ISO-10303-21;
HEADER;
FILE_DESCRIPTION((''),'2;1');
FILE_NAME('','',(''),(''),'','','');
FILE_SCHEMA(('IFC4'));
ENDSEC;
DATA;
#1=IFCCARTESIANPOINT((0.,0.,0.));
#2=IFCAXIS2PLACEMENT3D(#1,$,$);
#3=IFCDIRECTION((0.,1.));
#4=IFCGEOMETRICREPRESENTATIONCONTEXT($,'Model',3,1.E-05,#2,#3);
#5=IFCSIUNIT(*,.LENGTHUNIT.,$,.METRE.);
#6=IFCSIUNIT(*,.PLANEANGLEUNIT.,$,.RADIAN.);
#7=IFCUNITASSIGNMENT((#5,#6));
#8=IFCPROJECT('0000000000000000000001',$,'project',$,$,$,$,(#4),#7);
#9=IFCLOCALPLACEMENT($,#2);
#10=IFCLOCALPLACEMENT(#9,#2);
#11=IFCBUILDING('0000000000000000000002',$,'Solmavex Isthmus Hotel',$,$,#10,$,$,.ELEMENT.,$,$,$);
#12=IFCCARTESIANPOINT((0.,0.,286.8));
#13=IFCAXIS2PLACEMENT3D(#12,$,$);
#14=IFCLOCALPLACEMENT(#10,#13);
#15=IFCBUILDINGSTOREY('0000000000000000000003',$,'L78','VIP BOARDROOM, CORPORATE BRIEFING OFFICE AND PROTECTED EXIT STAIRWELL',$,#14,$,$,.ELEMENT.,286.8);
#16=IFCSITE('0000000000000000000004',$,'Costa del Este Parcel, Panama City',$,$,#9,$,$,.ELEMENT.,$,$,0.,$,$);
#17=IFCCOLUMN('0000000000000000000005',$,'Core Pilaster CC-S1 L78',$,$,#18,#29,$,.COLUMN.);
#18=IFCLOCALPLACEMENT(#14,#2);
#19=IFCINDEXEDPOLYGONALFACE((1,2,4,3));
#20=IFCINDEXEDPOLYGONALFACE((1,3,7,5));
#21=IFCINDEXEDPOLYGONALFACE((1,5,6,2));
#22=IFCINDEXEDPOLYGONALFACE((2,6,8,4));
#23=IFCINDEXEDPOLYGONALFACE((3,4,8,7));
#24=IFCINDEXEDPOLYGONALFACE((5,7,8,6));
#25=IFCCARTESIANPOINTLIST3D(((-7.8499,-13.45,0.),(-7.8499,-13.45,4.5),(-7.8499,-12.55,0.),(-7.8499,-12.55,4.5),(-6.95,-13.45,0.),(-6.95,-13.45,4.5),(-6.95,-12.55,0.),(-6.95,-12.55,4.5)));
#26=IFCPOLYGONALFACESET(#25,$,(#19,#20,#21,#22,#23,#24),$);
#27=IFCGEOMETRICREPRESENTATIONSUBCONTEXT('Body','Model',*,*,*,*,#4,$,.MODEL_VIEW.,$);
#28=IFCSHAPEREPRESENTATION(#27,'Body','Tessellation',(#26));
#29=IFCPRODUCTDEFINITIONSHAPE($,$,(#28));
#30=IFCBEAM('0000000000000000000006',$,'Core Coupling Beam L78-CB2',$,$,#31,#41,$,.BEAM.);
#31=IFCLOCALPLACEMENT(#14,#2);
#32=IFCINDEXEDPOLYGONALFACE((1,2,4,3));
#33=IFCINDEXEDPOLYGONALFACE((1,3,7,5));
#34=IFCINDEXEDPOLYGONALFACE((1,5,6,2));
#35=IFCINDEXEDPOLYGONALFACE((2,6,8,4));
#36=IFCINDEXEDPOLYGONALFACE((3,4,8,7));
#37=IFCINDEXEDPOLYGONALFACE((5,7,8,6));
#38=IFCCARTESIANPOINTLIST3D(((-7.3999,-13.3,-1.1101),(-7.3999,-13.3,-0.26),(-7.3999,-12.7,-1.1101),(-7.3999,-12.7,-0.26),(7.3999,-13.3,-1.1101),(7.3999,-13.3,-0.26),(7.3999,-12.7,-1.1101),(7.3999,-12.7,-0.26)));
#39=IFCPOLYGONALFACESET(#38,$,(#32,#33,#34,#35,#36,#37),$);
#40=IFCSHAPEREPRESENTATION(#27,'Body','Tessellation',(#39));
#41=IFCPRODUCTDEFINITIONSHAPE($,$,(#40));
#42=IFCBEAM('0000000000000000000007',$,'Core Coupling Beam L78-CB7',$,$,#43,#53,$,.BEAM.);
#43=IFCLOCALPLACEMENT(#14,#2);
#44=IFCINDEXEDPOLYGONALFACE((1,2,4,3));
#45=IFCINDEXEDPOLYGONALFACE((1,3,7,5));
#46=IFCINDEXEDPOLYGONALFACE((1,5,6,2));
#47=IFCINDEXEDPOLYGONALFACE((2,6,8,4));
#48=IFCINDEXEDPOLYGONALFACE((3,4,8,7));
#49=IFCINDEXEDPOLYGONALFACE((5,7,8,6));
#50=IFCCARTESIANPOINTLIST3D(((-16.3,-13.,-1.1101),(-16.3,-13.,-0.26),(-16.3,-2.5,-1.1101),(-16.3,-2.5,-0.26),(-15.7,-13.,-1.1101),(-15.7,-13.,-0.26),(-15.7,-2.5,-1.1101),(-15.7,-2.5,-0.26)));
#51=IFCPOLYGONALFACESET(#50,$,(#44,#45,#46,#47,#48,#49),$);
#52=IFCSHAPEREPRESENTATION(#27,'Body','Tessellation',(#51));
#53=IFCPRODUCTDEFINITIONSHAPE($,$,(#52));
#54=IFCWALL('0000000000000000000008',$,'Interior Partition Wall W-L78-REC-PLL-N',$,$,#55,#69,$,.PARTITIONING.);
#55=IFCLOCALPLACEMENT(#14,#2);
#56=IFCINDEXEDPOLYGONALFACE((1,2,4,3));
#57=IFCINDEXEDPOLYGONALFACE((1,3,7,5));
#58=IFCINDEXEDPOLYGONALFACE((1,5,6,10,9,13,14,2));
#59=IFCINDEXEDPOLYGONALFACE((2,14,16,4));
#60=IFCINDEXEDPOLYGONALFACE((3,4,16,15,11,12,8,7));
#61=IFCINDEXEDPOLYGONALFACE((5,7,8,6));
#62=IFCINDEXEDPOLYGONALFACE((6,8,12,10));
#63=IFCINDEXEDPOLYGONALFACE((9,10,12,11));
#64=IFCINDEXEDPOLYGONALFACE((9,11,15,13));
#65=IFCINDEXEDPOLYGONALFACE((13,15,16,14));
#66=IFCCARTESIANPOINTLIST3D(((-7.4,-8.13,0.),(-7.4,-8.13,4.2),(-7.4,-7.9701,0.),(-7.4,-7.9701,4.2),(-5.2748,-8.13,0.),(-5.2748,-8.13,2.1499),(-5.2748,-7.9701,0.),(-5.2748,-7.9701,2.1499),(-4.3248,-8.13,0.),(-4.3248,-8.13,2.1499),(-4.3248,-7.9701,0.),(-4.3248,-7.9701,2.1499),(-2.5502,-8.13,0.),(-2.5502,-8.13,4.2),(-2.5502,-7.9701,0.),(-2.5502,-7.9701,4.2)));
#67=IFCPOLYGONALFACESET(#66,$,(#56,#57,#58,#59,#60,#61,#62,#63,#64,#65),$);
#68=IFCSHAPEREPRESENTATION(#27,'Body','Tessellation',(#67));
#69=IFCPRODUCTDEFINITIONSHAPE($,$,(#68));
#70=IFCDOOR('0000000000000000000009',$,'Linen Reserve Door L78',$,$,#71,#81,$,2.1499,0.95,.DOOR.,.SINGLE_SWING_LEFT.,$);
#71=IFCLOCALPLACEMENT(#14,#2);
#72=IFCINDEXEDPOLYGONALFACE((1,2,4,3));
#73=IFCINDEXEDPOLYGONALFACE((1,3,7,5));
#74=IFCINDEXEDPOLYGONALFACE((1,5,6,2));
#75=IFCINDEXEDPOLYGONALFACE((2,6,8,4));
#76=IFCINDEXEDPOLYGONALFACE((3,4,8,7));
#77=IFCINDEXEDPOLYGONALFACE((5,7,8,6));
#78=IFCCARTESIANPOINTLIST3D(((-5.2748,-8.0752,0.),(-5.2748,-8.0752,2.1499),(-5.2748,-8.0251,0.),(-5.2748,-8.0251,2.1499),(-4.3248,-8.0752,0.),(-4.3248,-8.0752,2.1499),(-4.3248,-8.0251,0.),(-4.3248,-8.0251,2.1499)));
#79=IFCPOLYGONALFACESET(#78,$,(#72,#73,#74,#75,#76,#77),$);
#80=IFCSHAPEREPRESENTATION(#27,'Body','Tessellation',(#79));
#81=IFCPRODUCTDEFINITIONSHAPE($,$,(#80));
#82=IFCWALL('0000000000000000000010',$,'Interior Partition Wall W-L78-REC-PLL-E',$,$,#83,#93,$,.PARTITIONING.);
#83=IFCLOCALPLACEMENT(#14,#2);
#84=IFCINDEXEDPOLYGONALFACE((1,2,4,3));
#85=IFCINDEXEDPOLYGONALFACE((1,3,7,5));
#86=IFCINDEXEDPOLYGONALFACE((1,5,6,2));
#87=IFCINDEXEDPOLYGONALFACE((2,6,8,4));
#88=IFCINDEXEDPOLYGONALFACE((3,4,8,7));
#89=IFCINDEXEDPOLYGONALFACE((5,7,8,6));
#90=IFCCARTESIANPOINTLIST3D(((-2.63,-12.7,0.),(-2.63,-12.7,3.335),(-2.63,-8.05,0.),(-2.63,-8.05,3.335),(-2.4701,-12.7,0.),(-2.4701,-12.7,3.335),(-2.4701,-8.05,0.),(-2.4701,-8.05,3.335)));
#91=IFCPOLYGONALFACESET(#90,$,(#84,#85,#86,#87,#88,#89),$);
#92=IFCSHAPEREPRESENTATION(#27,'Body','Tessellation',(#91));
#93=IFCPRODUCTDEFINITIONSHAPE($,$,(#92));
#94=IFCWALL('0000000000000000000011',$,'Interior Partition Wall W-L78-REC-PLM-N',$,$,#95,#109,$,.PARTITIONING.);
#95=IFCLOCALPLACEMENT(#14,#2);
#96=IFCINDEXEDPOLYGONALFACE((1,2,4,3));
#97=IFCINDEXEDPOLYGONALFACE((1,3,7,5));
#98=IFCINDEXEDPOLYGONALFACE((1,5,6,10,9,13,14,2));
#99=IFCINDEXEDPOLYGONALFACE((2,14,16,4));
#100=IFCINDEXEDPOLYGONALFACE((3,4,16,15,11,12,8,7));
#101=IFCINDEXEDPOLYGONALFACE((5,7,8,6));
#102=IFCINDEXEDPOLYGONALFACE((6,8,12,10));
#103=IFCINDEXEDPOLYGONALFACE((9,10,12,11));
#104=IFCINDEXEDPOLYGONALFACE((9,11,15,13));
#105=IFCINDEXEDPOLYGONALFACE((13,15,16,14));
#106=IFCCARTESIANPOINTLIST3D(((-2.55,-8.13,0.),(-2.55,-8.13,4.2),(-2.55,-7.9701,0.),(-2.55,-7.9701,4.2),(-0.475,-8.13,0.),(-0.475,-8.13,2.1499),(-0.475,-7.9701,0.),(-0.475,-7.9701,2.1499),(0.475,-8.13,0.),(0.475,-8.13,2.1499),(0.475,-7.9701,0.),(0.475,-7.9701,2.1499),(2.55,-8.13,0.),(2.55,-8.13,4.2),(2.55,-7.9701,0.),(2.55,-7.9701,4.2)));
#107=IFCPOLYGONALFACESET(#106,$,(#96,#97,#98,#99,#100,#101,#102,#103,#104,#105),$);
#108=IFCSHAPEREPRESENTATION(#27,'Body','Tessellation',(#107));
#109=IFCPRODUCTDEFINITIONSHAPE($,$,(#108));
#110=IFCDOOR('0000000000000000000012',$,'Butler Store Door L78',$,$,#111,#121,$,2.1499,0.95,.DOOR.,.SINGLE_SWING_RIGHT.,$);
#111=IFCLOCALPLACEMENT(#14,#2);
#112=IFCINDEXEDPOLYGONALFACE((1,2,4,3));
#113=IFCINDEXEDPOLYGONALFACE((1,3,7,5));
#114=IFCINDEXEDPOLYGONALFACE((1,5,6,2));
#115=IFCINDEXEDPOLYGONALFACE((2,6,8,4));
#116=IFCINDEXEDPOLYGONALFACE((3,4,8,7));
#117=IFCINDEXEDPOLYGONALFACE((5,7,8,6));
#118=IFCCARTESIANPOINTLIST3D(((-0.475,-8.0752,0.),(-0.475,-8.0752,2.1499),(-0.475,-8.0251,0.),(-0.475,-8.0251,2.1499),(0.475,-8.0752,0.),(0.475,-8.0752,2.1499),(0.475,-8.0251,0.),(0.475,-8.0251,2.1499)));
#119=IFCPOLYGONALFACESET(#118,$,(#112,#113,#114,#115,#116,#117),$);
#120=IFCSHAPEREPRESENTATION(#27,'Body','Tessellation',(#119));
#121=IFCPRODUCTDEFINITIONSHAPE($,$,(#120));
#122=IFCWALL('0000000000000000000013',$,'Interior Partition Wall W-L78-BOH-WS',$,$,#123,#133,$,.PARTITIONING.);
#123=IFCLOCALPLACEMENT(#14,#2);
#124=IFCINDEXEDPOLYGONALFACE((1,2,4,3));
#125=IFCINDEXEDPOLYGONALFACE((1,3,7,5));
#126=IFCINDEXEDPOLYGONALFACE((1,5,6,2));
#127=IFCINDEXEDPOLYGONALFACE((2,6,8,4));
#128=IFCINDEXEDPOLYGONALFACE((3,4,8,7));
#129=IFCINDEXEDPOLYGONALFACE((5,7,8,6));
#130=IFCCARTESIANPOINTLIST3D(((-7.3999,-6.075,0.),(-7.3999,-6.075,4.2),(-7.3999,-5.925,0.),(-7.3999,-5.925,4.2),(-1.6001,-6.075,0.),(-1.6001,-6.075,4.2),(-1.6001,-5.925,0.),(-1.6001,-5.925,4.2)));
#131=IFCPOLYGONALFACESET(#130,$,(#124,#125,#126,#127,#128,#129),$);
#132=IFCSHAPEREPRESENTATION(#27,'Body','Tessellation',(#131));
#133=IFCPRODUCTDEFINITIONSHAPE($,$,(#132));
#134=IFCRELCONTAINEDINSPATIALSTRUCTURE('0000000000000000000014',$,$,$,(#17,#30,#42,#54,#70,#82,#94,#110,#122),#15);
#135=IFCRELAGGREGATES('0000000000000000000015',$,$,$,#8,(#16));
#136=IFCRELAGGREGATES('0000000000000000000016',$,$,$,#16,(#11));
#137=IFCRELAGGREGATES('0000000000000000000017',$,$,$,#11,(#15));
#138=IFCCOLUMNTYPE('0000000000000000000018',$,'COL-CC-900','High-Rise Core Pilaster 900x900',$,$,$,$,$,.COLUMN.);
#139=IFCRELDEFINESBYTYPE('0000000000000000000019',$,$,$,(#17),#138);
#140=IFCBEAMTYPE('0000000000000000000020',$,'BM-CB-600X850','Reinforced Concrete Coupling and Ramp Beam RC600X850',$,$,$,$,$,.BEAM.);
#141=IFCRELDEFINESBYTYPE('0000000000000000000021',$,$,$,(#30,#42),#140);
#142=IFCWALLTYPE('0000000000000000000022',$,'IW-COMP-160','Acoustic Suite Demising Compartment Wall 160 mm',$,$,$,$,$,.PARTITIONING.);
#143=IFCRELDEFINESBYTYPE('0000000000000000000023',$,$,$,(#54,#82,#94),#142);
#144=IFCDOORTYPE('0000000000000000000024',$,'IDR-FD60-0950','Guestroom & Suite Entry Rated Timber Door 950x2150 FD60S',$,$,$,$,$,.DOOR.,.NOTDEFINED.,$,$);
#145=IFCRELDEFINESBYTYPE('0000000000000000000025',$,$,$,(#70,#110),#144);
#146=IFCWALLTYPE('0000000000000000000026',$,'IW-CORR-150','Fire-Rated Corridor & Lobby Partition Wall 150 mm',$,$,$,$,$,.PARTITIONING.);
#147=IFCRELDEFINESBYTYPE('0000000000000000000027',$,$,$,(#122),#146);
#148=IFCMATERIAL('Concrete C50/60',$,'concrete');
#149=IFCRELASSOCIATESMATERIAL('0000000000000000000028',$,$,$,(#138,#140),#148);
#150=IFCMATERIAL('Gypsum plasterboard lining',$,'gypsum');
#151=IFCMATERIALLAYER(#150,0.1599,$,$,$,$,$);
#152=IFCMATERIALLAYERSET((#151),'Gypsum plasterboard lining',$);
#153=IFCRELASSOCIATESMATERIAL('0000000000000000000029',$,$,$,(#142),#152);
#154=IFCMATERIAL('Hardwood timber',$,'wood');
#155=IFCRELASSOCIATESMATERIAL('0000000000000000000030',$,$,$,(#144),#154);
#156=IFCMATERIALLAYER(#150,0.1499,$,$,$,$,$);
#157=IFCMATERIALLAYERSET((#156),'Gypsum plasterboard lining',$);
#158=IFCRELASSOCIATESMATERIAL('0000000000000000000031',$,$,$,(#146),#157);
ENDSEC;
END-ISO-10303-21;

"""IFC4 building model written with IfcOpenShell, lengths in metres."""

from ifc_helpers import new_model, si_unit, direction, frame, frame_2d, origin, origin_2d, place, context, subcontext, project, spatial, rectangle, extrude, material, layer, layer_set, material_profile, profile_set, type_object, element, fill, save


model = new_model("IFC4")

# Units and contexts
model_context = context("Model", 3, precision=1e-05, world=origin(), true_north=direction((0.0, 1.0)))
body_context = subcontext(model_context, "Body", "Model", "MODEL_VIEW")
ifc_project = project(units=[si_unit("LENGTHUNIT", "METRE"), si_unit("PLANEANGLEUNIT", "RADIAN")], contexts=[model_context])

# Site, building, storey
site_placement = place(None, origin())
site = spatial("IfcSite", under=ifc_project, at=site_placement, Name="Costa del Este Parcel, Panama City", CompositionType="ELEMENT", RefElevation=0.0)
building_placement = place(site_placement, origin())
building = spatial("IfcBuilding", under=site, at=building_placement, Name="Solmavex Isthmus Hotel", CompositionType="ELEMENT")
storey_placement = place(building_placement, frame((0.0, 0.0, 286.8)))
storey = spatial("IfcBuildingStorey", under=building, at=storey_placement, Name="L78", Description="VIP BOARDROOM, CORPORATE BRIEFING OFFICE AND PROTECTED EXIT STAIRWELL", CompositionType="ELEMENT", Elevation=286.8)

# Column
ifc_material_1 = material(Name="Concrete C50/60", Category="concrete")
ifc_material_profile_1 = material_profile(ifc_material_1, rectangle(XDim=0.8999, YDim=0.8999, at=origin_2d()), Name="RC900X900")
ifc_profile_set_1 = profile_set([ifc_material_profile_1], Name="Concrete C50/60")
column_type = type_object("IfcColumnType", Name="COL-CC-900", Description="High-Rise Core Pilaster 900x900", PredefinedType="COLUMN", material=ifc_profile_set_1)
column_placement = place(storey_placement, frame((-7.3999, -13.0, 0.0), z_axis=(0.0, 0.0, 1.0), x_axis=(1.0, 0.0, 0.0)))
element("IfcColumn", 1, at=column_placement, inside=storey, type_object=column_type, Name="Core Pilaster CC-S1 L78", PredefinedType="COLUMN", context=body_context, shape_type="SweptSolid", body=[
    extrude(rectangle(XDim=0.8999, YDim=0.8999, at=origin_2d()), origin(), (0.0, 0.0, 1.0), 4.5),
])

# Beams
ifc_material_profile_2 = material_profile(ifc_material_1, rectangle(XDim=0.6001, YDim=0.8501, at=origin_2d()), Name="RC600X850")
ifc_profile_set_2 = profile_set([ifc_material_profile_2], Name="Concrete C50/60")
beam_type = type_object("IfcBeamType", Name="BM-CB-600X850", Description="Reinforced Concrete Coupling and Ramp Beam RC600X850", PredefinedType="BEAM", material=ifc_profile_set_2)
beam_1_placement = place(storey_placement, frame((-7.3999, -13.0, -0.6851), z_axis=(1.0, 0.0, 0.0), x_axis=(0.0, 1.0, 0.0)))
element("IfcBeam", 2, at=beam_1_placement, inside=storey, type_object=beam_type, Name="Core Coupling Beam L78-CB2", PredefinedType="BEAM", context=body_context, shape_type="SweptSolid", body=[
    extrude(rectangle(XDim=0.6001, YDim=0.8501, at=origin_2d()), origin(), (0.0, 0.0, 1.0), 14.7998),
])
beam_2_placement = place(storey_placement, frame((-16.0, -13.0, -0.6851), z_axis=(0.0, 1.0, 0.0), x_axis=(-1.0, 0.0, 0.0)))
element("IfcBeam", 3, at=beam_2_placement, inside=storey, type_object=beam_type, Name="Core Coupling Beam L78-CB7", PredefinedType="BEAM", context=body_context, shape_type="SweptSolid", body=[
    extrude(rectangle(XDim=0.6001, YDim=0.8501, at=origin_2d()), origin(), (0.0, 0.0, 1.0), 10.5),
])

# Wall, opening, door
ifc_material_2 = material(Name="Gypsum plasterboard lining", Category="gypsum")
ifc_layer_1 = layer(ifc_material_2, 0.1599)
ifc_layer_set_1 = layer_set([ifc_layer_1], Name="Gypsum plasterboard lining")
wall_type_1 = type_object("IfcWallType", Name="IW-COMP-160", Description="Acoustic Suite Demising Compartment Wall 160 mm", PredefinedType="PARTITIONING", material=ifc_layer_set_1)
wall_1_placement = place(storey_placement, frame((-7.3999, -8.05, 0.0), z_axis=(0.0, 0.0, 1.0), x_axis=(1.0, 0.0, 0.0)))
wall_1 = element("IfcWall", 4, at=wall_1_placement, inside=storey, type_object=wall_type_1, Name="Interior Partition Wall W-L78-REC-PLL-N", PredefinedType="PARTITIONING", context=body_context, shape_type="SweptSolid", body=[
    extrude(rectangle(XDim=4.8499, YDim=0.1599, at=frame_2d((2.4248, 0.0))), origin(), (0.0, 0.0, 1.0), 4.2),
])
opening_1_placement = place(wall_1_placement, frame((2.125, 0.0, 0.0)))
opening_1 = element("IfcOpeningElement", 5, at=opening_1_placement, cuts=wall_1, PredefinedType="OPENING", context=body_context, shape_type="SweptSolid", body=[
    extrude(rectangle(XDim=0.95, YDim=2.1499, at=frame_2d((0.4751, 1.075))), frame((0.0, 0.0898, 0.0), z_axis=(0.0, -1.0, 0.0), x_axis=(1.0, 0.0, 0.0)), (0.0, 0.0, 1.0), 0.1799),
])
ifc_material_3 = material(Name="Hardwood timber", Category="wood")
door_type_1 = type_object("IfcDoorType", Name="IDR-FD60-0950", Description="Guestroom & Suite Entry Rated Timber Door 950x2150 FD60S", OperationType="NOTDEFINED", PredefinedType="DOOR", material=ifc_material_3)
door_1_placement = place(opening_1_placement, origin())
door_1 = element("IfcDoor", 6, at=door_1_placement, inside=storey, type_object=door_type_1, Name="Linen Reserve Door L78", OperationType="SINGLE_SWING_LEFT", OverallHeight=2.1499, OverallWidth=0.95, PredefinedType="DOOR", context=body_context, shape_type="SweptSolid", body=[
    extrude(rectangle(XDim=0.95, YDim=2.1499, at=frame_2d((0.4751, 1.075))), frame((0.0, 0.0249, 0.0), z_axis=(0.0, -1.0, 0.0), x_axis=(1.0, 0.0, 0.0)), (0.0, 0.0, 1.0), 0.05),
])
fill(opening_1, door_1)

# Wall
wall_2_placement = place(storey_placement, frame((-2.55, -12.7, 0.0), z_axis=(0.0, 0.0, 1.0), x_axis=(0.0, 1.0, 0.0)))
element("IfcWall", 7, at=wall_2_placement, inside=storey, type_object=wall_type_1, Name="Interior Partition Wall W-L78-REC-PLL-E", PredefinedType="PARTITIONING", context=body_context, shape_type="SweptSolid", body=[
    extrude(rectangle(XDim=4.6499, YDim=0.1599, at=frame_2d((2.325, 0.0))), origin(), (0.0, 0.0, 1.0), 3.335),
])

# Wall, opening, door
wall_3_placement = place(storey_placement, frame((-2.55, -8.05, 0.0), z_axis=(0.0, 0.0, 1.0), x_axis=(1.0, 0.0, 0.0)))
wall_3 = element("IfcWall", 8, at=wall_3_placement, inside=storey, type_object=wall_type_1, Name="Interior Partition Wall W-L78-REC-PLM-N", PredefinedType="PARTITIONING", context=body_context, shape_type="SweptSolid", body=[
    extrude(rectangle(XDim=5.1001, YDim=0.1599, at=frame_2d((2.55, 0.0))), origin(), (0.0, 0.0, 1.0), 4.2),
])
opening_2_placement = place(wall_3_placement, frame((2.075, 0.0, 0.0)))
opening_2 = element("IfcOpeningElement", 9, at=opening_2_placement, cuts=wall_3, PredefinedType="OPENING", context=body_context, shape_type="SweptSolid", body=[
    extrude(rectangle(XDim=0.95, YDim=2.1499, at=frame_2d((0.4751, 1.075))), frame((0.0, 0.0898, 0.0), z_axis=(0.0, -1.0, 0.0), x_axis=(1.0, 0.0, 0.0)), (0.0, 0.0, 1.0), 0.1799),
])
door_2_placement = place(opening_2_placement, origin())
door_2 = element("IfcDoor", 10, at=door_2_placement, inside=storey, type_object=door_type_1, Name="Butler Store Door L78", OperationType="SINGLE_SWING_RIGHT", OverallHeight=2.1499, OverallWidth=0.95, PredefinedType="DOOR", context=body_context, shape_type="SweptSolid", body=[
    extrude(rectangle(XDim=0.95, YDim=2.1499, at=frame_2d((0.4751, 1.075))), frame((0.0, 0.0249, 0.0), z_axis=(0.0, -1.0, 0.0), x_axis=(1.0, 0.0, 0.0)), (0.0, 0.0, 1.0), 0.05),
])
fill(opening_2, door_2)

# Wall
ifc_layer_2 = layer(ifc_material_2, 0.1499)
ifc_layer_set_2 = layer_set([ifc_layer_2], Name="Gypsum plasterboard lining")
wall_type_2 = type_object("IfcWallType", Name="IW-CORR-150", Description="Fire-Rated Corridor & Lobby Partition Wall 150 mm", PredefinedType="PARTITIONING", material=ifc_layer_set_2)
wall_4_placement = place(storey_placement, frame((-7.3999, -6.0, 0.0), z_axis=(0.0, 0.0, 1.0), x_axis=(1.0, 0.0, 0.0)))
element("IfcWall", 11, at=wall_4_placement, inside=storey, type_object=wall_type_2, Name="Interior Partition Wall W-L78-BOH-WS", PredefinedType="PARTITIONING", context=body_context, shape_type="SweptSolid", body=[
    extrude(rectangle(XDim=5.7998, YDim=0.1499, at=frame_2d((2.8999, 0.0))), origin(), (0.0, 0.0, 1.0), 4.2),
])

save(model, "model.ifc")
